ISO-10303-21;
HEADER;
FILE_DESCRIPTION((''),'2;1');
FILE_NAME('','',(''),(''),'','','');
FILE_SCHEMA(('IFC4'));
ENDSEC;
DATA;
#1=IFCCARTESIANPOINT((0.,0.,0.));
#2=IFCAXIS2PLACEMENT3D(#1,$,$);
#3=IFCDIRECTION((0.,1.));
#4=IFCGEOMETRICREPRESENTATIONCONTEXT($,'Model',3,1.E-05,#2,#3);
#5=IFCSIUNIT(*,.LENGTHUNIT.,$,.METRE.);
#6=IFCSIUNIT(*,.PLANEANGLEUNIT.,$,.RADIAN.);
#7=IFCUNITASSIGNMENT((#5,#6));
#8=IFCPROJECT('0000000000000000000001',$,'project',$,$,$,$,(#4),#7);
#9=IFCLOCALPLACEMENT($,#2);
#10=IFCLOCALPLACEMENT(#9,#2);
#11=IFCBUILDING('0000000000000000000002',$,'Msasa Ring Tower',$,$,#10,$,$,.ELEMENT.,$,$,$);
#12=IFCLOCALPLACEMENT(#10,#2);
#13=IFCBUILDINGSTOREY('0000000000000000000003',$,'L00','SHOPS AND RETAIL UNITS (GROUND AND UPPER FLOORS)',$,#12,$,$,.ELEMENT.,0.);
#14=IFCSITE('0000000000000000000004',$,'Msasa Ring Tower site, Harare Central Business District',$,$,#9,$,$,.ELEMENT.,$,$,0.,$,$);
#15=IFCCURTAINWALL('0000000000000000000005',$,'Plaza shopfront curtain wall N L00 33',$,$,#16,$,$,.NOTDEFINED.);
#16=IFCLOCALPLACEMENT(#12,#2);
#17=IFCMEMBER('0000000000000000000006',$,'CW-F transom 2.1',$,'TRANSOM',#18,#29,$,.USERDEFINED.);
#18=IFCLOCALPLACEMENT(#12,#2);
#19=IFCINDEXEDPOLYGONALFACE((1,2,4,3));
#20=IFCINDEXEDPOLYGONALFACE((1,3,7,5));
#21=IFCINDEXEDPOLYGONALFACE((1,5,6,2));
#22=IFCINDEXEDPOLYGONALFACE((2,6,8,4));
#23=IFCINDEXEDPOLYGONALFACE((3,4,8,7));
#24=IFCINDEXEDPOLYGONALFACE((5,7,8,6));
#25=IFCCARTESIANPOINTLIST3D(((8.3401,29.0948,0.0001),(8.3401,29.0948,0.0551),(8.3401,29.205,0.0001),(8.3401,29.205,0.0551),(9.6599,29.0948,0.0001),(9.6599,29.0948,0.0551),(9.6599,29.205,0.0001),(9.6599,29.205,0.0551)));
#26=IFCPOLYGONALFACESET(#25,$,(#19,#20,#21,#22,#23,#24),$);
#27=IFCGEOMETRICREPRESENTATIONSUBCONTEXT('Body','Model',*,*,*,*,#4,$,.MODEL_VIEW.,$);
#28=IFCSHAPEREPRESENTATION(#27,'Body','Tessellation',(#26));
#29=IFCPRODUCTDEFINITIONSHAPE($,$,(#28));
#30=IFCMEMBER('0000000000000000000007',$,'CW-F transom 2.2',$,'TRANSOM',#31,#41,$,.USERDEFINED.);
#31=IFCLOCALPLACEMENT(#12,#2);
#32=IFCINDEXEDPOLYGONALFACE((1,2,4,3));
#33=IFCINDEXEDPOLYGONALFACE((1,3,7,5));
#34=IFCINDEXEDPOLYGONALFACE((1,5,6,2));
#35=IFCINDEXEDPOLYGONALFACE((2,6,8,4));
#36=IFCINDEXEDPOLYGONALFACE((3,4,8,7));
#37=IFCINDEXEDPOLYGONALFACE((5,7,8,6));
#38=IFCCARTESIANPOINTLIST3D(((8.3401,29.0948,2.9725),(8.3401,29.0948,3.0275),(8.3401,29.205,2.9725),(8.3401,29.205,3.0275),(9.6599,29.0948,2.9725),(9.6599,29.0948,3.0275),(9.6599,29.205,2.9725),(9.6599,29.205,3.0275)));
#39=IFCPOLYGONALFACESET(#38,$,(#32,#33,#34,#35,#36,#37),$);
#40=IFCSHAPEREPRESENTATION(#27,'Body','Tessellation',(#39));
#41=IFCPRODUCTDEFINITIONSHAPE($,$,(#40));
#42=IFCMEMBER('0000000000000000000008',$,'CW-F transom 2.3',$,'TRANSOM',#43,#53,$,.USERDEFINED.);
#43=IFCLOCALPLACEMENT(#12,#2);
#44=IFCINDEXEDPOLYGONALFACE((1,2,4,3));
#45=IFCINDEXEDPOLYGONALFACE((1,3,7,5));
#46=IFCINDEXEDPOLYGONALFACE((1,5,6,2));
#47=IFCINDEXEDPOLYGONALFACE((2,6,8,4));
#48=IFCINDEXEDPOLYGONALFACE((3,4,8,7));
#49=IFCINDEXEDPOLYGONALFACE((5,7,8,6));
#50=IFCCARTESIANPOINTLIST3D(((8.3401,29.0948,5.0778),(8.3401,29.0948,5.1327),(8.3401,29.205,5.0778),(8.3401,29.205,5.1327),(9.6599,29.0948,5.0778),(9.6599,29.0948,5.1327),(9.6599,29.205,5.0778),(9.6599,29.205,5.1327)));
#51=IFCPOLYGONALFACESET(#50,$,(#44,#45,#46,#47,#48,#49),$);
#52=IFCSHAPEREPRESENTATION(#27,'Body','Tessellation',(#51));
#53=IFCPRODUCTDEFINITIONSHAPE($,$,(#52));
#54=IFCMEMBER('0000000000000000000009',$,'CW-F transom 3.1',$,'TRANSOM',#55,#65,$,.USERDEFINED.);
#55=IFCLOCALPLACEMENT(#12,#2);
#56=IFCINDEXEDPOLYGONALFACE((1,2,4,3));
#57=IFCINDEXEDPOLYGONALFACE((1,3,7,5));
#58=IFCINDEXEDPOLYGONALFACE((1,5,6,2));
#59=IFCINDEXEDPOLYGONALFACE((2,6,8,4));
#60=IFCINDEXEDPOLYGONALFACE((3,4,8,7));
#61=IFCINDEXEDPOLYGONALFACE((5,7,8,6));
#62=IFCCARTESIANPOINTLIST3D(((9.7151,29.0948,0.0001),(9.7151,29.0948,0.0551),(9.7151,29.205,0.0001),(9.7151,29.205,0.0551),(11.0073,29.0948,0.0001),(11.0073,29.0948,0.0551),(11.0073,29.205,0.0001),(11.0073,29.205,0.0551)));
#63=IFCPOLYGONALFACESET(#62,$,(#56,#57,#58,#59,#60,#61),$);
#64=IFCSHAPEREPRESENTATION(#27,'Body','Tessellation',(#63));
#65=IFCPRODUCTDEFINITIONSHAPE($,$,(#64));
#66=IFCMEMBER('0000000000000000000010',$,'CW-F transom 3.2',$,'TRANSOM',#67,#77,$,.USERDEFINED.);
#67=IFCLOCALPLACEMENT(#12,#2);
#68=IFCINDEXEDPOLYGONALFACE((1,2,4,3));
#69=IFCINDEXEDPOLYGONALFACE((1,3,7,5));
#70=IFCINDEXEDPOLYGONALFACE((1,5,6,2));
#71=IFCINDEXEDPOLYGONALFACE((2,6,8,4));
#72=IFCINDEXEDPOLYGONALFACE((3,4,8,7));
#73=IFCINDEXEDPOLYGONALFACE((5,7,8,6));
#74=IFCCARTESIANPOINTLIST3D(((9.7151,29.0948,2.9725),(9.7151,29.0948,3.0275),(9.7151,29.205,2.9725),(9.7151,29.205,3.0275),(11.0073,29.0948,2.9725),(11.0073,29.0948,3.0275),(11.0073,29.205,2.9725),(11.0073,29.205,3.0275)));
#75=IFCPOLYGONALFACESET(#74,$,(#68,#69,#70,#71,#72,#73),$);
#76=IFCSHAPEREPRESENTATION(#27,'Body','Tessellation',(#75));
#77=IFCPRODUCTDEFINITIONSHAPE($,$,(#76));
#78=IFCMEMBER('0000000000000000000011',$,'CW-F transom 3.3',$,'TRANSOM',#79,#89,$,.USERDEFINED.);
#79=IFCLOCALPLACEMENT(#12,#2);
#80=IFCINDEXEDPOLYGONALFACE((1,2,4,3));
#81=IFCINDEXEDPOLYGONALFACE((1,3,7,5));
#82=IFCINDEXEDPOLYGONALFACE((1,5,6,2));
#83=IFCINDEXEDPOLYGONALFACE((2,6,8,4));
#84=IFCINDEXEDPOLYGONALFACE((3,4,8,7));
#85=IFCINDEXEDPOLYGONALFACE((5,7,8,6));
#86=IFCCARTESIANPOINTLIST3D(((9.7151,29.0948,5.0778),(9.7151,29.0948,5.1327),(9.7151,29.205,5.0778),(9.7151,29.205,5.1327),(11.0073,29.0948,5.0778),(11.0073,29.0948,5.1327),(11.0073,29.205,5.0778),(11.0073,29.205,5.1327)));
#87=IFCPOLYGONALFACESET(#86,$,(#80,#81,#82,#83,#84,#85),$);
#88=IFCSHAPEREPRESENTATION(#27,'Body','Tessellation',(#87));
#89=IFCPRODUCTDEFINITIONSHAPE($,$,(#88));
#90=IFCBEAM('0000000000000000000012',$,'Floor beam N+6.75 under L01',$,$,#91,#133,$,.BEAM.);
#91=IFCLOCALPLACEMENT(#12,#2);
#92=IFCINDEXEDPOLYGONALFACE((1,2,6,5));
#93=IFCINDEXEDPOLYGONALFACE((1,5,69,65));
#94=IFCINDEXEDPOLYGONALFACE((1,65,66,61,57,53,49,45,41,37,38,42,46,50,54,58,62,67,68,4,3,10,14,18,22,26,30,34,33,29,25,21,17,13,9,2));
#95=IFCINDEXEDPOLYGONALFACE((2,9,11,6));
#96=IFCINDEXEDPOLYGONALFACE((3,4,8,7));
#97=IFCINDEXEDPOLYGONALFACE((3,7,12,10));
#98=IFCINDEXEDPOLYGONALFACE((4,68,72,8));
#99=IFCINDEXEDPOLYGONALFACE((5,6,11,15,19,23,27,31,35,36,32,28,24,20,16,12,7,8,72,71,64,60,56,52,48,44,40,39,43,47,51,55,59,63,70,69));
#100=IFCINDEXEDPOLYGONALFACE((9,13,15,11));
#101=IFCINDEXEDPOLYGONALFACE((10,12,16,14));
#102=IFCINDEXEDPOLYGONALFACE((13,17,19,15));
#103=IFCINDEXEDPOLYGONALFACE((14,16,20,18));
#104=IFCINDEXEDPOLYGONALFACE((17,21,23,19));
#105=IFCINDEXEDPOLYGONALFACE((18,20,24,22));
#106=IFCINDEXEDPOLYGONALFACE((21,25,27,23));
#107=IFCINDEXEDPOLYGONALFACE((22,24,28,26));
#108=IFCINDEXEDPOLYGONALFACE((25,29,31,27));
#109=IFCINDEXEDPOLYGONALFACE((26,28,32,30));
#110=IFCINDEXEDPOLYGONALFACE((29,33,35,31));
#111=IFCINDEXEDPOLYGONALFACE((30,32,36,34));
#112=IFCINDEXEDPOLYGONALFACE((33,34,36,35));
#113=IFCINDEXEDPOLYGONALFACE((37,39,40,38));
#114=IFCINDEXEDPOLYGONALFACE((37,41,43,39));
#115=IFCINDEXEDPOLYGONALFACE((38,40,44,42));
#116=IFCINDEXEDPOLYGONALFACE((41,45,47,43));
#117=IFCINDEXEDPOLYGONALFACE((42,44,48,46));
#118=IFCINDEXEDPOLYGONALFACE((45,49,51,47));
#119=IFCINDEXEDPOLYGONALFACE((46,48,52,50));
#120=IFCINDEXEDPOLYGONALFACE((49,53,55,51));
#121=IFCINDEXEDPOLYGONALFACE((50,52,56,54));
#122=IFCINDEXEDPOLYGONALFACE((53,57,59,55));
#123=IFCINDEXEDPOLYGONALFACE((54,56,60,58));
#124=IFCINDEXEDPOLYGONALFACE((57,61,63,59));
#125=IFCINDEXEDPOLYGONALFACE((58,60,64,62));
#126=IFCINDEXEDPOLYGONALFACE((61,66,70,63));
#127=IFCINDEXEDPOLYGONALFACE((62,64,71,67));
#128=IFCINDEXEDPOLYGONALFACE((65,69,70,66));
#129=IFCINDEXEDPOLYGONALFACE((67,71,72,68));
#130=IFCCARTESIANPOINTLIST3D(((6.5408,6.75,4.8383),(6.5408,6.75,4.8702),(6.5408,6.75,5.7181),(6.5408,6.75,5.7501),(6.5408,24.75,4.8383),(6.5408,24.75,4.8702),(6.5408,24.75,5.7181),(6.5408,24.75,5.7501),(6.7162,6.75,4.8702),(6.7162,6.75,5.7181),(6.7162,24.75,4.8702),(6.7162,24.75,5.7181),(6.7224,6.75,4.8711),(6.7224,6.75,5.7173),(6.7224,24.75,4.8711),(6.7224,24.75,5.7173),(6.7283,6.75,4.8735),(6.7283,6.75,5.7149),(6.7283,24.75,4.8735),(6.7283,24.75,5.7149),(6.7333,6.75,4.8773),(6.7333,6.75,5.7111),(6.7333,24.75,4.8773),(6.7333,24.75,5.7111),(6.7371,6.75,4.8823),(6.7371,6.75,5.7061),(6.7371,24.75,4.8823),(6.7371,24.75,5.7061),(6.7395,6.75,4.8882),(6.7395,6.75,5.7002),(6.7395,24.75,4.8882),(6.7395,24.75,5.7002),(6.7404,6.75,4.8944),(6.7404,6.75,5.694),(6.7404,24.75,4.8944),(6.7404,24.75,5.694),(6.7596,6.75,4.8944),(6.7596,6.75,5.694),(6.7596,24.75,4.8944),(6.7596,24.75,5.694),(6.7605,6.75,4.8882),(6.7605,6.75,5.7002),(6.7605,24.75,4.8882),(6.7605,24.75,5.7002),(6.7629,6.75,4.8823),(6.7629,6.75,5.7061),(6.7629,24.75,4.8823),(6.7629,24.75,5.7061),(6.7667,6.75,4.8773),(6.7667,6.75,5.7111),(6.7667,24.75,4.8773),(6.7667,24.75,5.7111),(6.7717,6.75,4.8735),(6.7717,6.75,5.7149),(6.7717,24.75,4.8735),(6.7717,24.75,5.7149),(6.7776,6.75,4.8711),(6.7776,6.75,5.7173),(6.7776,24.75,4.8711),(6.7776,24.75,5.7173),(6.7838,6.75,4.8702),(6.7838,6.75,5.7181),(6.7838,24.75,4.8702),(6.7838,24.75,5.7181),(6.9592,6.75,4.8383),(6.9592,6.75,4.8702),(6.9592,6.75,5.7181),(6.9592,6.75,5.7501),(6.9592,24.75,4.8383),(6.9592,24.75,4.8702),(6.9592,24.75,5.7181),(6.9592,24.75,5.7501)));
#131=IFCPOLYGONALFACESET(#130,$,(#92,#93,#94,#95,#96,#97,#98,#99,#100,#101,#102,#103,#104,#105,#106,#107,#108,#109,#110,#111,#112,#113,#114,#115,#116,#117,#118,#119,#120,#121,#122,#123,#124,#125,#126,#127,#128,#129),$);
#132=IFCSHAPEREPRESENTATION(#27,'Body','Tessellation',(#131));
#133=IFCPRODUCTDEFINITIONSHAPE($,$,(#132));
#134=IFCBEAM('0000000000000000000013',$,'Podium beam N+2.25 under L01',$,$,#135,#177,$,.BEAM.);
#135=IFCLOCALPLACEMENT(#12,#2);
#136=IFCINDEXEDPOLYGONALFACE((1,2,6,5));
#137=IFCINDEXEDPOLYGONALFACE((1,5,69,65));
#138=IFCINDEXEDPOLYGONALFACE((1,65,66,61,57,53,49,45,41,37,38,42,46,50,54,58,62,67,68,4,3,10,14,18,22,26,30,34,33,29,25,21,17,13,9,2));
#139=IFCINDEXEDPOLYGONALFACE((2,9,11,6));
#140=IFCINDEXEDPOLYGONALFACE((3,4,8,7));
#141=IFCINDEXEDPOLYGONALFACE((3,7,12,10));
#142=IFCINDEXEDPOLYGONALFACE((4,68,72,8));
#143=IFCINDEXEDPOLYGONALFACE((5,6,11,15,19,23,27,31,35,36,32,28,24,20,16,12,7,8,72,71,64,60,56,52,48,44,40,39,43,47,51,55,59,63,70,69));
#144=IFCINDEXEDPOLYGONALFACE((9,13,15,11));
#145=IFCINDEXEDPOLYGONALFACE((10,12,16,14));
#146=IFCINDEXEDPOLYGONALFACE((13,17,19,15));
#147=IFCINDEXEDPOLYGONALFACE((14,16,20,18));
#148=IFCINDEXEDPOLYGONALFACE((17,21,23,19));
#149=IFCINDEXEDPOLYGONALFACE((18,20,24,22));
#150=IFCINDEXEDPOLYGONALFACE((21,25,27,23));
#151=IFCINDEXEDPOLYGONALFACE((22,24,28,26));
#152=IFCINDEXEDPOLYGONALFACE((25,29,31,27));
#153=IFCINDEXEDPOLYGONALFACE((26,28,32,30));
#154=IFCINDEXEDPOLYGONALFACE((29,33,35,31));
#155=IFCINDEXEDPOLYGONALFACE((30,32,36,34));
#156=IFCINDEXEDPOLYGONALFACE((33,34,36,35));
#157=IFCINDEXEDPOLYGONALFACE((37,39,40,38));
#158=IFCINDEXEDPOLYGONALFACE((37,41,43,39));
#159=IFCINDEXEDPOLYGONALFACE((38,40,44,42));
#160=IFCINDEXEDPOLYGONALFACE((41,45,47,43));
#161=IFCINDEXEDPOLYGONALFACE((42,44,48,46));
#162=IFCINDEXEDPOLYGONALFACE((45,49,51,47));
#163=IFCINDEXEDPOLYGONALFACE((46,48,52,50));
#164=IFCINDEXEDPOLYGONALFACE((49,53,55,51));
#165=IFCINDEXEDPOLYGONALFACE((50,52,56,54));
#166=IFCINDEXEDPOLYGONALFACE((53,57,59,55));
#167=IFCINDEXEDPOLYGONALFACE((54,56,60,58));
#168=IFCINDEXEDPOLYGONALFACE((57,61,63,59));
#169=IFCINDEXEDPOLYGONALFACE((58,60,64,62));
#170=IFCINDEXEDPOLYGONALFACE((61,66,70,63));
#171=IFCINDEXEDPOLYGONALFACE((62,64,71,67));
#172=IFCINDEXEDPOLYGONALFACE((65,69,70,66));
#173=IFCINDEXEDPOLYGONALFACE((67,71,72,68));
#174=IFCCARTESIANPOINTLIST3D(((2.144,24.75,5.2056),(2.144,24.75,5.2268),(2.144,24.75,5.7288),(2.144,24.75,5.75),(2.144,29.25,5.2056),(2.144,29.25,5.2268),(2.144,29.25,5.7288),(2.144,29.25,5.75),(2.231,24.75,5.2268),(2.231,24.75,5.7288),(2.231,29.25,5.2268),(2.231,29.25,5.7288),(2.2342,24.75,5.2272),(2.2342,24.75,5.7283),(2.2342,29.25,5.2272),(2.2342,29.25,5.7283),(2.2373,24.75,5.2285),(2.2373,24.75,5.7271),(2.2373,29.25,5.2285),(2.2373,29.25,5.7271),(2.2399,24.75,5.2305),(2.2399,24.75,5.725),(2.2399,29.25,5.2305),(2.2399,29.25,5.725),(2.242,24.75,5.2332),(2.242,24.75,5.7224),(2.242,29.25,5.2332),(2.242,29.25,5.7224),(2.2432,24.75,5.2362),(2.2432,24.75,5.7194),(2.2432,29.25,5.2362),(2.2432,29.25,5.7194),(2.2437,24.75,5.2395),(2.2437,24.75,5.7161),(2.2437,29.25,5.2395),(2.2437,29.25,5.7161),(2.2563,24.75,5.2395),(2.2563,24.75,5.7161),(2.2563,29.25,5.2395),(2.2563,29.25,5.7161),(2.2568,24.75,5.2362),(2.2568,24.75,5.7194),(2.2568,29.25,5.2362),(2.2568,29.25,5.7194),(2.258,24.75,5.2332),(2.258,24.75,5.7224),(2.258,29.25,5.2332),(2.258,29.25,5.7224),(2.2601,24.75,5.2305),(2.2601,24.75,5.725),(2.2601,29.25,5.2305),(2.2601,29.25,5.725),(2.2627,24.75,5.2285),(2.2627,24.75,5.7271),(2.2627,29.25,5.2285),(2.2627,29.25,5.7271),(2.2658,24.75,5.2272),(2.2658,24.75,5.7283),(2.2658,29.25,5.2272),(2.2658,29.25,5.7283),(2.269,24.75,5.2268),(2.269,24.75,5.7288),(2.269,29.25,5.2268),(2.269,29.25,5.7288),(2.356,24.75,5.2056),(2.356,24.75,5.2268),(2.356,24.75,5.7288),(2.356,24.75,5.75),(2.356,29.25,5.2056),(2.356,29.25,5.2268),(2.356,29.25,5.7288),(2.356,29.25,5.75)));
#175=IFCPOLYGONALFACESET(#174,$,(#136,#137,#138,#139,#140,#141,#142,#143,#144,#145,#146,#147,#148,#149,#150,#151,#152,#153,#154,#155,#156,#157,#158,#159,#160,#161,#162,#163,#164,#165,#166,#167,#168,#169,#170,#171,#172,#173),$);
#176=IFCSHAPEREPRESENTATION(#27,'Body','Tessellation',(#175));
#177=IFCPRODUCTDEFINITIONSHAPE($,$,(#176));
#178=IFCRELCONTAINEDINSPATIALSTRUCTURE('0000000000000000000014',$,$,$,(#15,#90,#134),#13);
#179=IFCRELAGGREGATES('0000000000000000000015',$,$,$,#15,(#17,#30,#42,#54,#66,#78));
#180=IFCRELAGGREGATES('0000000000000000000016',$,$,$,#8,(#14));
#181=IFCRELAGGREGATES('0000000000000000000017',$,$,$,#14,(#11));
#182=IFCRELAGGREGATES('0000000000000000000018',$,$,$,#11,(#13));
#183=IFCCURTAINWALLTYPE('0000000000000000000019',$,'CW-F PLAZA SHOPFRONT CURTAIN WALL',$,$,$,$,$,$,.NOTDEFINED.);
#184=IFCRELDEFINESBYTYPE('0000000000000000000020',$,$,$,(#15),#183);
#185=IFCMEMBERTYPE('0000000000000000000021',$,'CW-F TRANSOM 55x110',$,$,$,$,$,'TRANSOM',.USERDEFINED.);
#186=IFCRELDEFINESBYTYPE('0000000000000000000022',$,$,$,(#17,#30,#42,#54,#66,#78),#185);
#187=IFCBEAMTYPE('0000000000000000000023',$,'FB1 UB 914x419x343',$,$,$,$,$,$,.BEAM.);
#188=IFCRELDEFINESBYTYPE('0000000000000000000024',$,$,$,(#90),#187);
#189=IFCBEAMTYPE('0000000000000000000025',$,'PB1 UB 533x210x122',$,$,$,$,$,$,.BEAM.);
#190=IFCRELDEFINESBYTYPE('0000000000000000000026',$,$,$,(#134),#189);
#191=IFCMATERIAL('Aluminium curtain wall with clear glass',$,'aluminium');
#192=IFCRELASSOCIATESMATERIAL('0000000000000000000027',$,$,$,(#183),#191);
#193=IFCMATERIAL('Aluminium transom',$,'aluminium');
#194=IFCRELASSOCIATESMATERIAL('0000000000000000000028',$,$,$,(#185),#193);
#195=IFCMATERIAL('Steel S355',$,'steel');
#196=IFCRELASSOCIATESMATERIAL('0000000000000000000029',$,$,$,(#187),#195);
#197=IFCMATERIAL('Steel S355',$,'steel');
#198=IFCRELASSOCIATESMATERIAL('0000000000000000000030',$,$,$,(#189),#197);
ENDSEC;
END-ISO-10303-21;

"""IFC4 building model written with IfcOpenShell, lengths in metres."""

from ifc_helpers import new_model, si_unit, direction, frame, origin, origin_2d, place, context, subcontext, project, spatial, rectangle, i_section, extrude, material, material_profile, profile_set, type_object, element, aggregate, save


model = new_model("IFC4")

# Units and contexts
model_context = context("Model", 3, precision=1e-05, world=origin(), true_north=direction((0.0, 1.0)))
body_context = subcontext(model_context, "Body", "Model", "MODEL_VIEW")
ifc_project = project(units=[si_unit("LENGTHUNIT", "METRE"), si_unit("PLANEANGLEUNIT", "RADIAN")], contexts=[model_context])

# Site, building, storey
site_placement = place(None, origin())
site = spatial("IfcSite", under=ifc_project, at=site_placement, Name="Msasa Ring Tower site, Harare Central Business District", CompositionType="ELEMENT", RefElevation=0.0)
building_placement = place(site_placement, origin())
building = spatial("IfcBuilding", under=site, at=building_placement, Name="Msasa Ring Tower", CompositionType="ELEMENT")
storey_placement = place(building_placement, origin())
storey = spatial("IfcBuildingStorey", under=building, at=storey_placement, Name="L00", Description="SHOPS AND RETAIL UNITS (GROUND AND UPPER FLOORS)", CompositionType="ELEMENT", Elevation=0.0)

# Curtain wall, members
ifc_material_1 = material(Name="Aluminium curtain wall with clear glass", Category="aluminium")
curtain_wall_type = type_object("IfcCurtainWallType", Name="CW-F PLAZA SHOPFRONT CURTAIN WALL", PredefinedType="NOTDEFINED", material=ifc_material_1)
curtain_wall_placement = place(storey_placement, origin())
curtain_wall = element("IfcCurtainWall", 1, at=curtain_wall_placement, inside=storey, type_object=curtain_wall_type, Name="Plaza shopfront curtain wall N L00 33", PredefinedType="NOTDEFINED")
ifc_material_2 = material(Name="Aluminium transom", Category="aluminium")
ifc_material_profile_1 = material_profile(ifc_material_2, rectangle(XDim=0.1101, YDim=0.0549, at=origin_2d()), Name="AL 55x110")
ifc_profile_set_1 = profile_set([ifc_material_profile_1], Name="Aluminium transom")
member_type_1 = type_object("IfcMemberType", Name="CW-F TRANSOM 55x110", ElementType="TRANSOM", PredefinedType="USERDEFINED", material=ifc_profile_set_1)
member_1_placement = place(storey_placement, frame((8.3401, 29.1499, 0.0276), z_axis=(1.0, 0.0, 0.0), x_axis=(0.0, 1.0, 0.0)))
member_1 = element("IfcMember", 2, at=member_1_placement, type_object=member_type_1, Name="CW-F transom 2.1", ObjectType="TRANSOM", PredefinedType="USERDEFINED", context=body_context, shape_type="SweptSolid", body=[
    extrude(rectangle(XDim=0.1101, YDim=0.0549, at=origin_2d()), origin(), (0.0, 0.0, 1.0), 1.3198),
])
member_2_placement = place(storey_placement, frame((8.3401, 29.1499, 3.0), z_axis=(1.0, 0.0, 0.0), x_axis=(0.0, 1.0, 0.0)))
member_2 = element("IfcMember", 3, at=member_2_placement, type_object=member_type_1, Name="CW-F transom 2.2", ObjectType="TRANSOM", PredefinedType="USERDEFINED", context=body_context, shape_type="SweptSolid", body=[
    extrude(rectangle(XDim=0.1101, YDim=0.0549, at=origin_2d()), origin(), (0.0, 0.0, 1.0), 1.3198),
])
member_3_placement = place(storey_placement, frame((8.3401, 29.1499, 5.1052), z_axis=(1.0, 0.0, 0.0), x_axis=(0.0, 1.0, 0.0)))
member_3 = element("IfcMember", 4, at=member_3_placement, type_object=member_type_1, Name="CW-F transom 2.3", ObjectType="TRANSOM", PredefinedType="USERDEFINED", context=body_context, shape_type="SweptSolid", body=[
    extrude(rectangle(XDim=0.1101, YDim=0.0549, at=origin_2d()), origin(), (0.0, 0.0, 1.0), 1.3198),
])
member_4_placement = place(storey_placement, frame((9.7151, 29.1499, 0.0276), z_axis=(1.0, 0.0, 0.0), x_axis=(0.0, 1.0, 0.0)))
member_4 = element("IfcMember", 5, at=member_4_placement, type_object=member_type_1, Name="CW-F transom 3.1", ObjectType="TRANSOM", PredefinedType="USERDEFINED", context=body_context, shape_type="SweptSolid", body=[
    extrude(rectangle(XDim=0.1101, YDim=0.0549, at=origin_2d()), origin(), (0.0, 0.0, 1.0), 1.2922),
])
member_5_placement = place(storey_placement, frame((9.7151, 29.1499, 3.0), z_axis=(1.0, 0.0, 0.0), x_axis=(0.0, 1.0, 0.0)))
member_5 = element("IfcMember", 6, at=member_5_placement, type_object=member_type_1, Name="CW-F transom 3.2", ObjectType="TRANSOM", PredefinedType="USERDEFINED", context=body_context, shape_type="SweptSolid", body=[
    extrude(rectangle(XDim=0.1101, YDim=0.0549, at=origin_2d()), origin(), (0.0, 0.0, 1.0), 1.2922),
])
member_6_placement = place(storey_placement, frame((9.7151, 29.1499, 5.1052), z_axis=(1.0, 0.0, 0.0), x_axis=(0.0, 1.0, 0.0)))
member_6 = element("IfcMember", 7, at=member_6_placement, type_object=member_type_1, Name="CW-F transom 3.3", ObjectType="TRANSOM", PredefinedType="USERDEFINED", context=body_context, shape_type="SweptSolid", body=[
    extrude(rectangle(XDim=0.1101, YDim=0.0549, at=origin_2d()), origin(), (0.0, 0.0, 1.0), 1.2922),
])

# Beams
ifc_material_3 = material(Name="Steel S355", Category="steel")
ifc_material_profile_2 = material_profile(ifc_material_3, i_section(OverallWidth=0.4185, OverallDepth=0.9119, WebThickness=0.0193, FlangeThickness=0.032, FilletRadius=0.0242, at=origin_2d()), Name="UB 914x419x343")
ifc_profile_set_2 = profile_set([ifc_material_profile_2], Name="Steel S355")
beam_type_1 = type_object("IfcBeamType", Name="FB1 UB 914x419x343", PredefinedType="BEAM", material=ifc_profile_set_2)
beam_1_placement = place(storey_placement, frame((6.75, 24.75, 5.2942), z_axis=(0.0, -1.0, 0.0), x_axis=(1.0, 0.0, 0.0)))
element("IfcBeam", 8, at=beam_1_placement, inside=storey, type_object=beam_type_1, Name="Floor beam N+6.75 under L01", PredefinedType="BEAM", context=body_context, shape_type="SweptSolid", body=[
    extrude(i_section(OverallWidth=0.4185, OverallDepth=0.9119, WebThickness=0.0193, FlangeThickness=0.032, FilletRadius=0.0242, at=origin_2d()), origin(), (0.0, 0.0, 1.0), 18.0),
])
ifc_material_4 = material(Name="Steel S355", Category="steel")
ifc_material_profile_3 = material_profile(ifc_material_4, i_section(OverallWidth=0.2119, OverallDepth=0.5444, WebThickness=0.0127, FlangeThickness=0.0212, FilletRadius=0.0127, at=origin_2d()), Name="UB 533x210x122")
ifc_profile_set_3 = profile_set([ifc_material_profile_3], Name="Steel S355")
beam_type_2 = type_object("IfcBeamType", Name="PB1 UB 533x210x122", PredefinedType="BEAM", material=ifc_profile_set_3)
for number, where, z_axis, x_axis, name in (
    (9, (2.25, 29.25, 5.4778), (0.0, -1.0, 0.0), (1.0, 0.0, 0.0), "Podium beam N+2.25 under L01"),
):
    element("IfcBeam", number, at=place(storey_placement, frame(where, z_axis=z_axis, x_axis=x_axis)), inside=storey, type_object=beam_type_2, Name=name, PredefinedType="BEAM", context=body_context, shape_type="SweptSolid", body=[
        extrude(i_section(OverallWidth=0.2119, OverallDepth=0.5444, WebThickness=0.0127, FlangeThickness=0.0212, FilletRadius=0.0127, at=origin_2d()), origin(), (0.0, 0.0, 1.0), 4.5),
    ])

aggregate(curtain_wall, [member_1, member_2, member_3, member_4, member_5, member_6])

save(model, "model.ifc")
